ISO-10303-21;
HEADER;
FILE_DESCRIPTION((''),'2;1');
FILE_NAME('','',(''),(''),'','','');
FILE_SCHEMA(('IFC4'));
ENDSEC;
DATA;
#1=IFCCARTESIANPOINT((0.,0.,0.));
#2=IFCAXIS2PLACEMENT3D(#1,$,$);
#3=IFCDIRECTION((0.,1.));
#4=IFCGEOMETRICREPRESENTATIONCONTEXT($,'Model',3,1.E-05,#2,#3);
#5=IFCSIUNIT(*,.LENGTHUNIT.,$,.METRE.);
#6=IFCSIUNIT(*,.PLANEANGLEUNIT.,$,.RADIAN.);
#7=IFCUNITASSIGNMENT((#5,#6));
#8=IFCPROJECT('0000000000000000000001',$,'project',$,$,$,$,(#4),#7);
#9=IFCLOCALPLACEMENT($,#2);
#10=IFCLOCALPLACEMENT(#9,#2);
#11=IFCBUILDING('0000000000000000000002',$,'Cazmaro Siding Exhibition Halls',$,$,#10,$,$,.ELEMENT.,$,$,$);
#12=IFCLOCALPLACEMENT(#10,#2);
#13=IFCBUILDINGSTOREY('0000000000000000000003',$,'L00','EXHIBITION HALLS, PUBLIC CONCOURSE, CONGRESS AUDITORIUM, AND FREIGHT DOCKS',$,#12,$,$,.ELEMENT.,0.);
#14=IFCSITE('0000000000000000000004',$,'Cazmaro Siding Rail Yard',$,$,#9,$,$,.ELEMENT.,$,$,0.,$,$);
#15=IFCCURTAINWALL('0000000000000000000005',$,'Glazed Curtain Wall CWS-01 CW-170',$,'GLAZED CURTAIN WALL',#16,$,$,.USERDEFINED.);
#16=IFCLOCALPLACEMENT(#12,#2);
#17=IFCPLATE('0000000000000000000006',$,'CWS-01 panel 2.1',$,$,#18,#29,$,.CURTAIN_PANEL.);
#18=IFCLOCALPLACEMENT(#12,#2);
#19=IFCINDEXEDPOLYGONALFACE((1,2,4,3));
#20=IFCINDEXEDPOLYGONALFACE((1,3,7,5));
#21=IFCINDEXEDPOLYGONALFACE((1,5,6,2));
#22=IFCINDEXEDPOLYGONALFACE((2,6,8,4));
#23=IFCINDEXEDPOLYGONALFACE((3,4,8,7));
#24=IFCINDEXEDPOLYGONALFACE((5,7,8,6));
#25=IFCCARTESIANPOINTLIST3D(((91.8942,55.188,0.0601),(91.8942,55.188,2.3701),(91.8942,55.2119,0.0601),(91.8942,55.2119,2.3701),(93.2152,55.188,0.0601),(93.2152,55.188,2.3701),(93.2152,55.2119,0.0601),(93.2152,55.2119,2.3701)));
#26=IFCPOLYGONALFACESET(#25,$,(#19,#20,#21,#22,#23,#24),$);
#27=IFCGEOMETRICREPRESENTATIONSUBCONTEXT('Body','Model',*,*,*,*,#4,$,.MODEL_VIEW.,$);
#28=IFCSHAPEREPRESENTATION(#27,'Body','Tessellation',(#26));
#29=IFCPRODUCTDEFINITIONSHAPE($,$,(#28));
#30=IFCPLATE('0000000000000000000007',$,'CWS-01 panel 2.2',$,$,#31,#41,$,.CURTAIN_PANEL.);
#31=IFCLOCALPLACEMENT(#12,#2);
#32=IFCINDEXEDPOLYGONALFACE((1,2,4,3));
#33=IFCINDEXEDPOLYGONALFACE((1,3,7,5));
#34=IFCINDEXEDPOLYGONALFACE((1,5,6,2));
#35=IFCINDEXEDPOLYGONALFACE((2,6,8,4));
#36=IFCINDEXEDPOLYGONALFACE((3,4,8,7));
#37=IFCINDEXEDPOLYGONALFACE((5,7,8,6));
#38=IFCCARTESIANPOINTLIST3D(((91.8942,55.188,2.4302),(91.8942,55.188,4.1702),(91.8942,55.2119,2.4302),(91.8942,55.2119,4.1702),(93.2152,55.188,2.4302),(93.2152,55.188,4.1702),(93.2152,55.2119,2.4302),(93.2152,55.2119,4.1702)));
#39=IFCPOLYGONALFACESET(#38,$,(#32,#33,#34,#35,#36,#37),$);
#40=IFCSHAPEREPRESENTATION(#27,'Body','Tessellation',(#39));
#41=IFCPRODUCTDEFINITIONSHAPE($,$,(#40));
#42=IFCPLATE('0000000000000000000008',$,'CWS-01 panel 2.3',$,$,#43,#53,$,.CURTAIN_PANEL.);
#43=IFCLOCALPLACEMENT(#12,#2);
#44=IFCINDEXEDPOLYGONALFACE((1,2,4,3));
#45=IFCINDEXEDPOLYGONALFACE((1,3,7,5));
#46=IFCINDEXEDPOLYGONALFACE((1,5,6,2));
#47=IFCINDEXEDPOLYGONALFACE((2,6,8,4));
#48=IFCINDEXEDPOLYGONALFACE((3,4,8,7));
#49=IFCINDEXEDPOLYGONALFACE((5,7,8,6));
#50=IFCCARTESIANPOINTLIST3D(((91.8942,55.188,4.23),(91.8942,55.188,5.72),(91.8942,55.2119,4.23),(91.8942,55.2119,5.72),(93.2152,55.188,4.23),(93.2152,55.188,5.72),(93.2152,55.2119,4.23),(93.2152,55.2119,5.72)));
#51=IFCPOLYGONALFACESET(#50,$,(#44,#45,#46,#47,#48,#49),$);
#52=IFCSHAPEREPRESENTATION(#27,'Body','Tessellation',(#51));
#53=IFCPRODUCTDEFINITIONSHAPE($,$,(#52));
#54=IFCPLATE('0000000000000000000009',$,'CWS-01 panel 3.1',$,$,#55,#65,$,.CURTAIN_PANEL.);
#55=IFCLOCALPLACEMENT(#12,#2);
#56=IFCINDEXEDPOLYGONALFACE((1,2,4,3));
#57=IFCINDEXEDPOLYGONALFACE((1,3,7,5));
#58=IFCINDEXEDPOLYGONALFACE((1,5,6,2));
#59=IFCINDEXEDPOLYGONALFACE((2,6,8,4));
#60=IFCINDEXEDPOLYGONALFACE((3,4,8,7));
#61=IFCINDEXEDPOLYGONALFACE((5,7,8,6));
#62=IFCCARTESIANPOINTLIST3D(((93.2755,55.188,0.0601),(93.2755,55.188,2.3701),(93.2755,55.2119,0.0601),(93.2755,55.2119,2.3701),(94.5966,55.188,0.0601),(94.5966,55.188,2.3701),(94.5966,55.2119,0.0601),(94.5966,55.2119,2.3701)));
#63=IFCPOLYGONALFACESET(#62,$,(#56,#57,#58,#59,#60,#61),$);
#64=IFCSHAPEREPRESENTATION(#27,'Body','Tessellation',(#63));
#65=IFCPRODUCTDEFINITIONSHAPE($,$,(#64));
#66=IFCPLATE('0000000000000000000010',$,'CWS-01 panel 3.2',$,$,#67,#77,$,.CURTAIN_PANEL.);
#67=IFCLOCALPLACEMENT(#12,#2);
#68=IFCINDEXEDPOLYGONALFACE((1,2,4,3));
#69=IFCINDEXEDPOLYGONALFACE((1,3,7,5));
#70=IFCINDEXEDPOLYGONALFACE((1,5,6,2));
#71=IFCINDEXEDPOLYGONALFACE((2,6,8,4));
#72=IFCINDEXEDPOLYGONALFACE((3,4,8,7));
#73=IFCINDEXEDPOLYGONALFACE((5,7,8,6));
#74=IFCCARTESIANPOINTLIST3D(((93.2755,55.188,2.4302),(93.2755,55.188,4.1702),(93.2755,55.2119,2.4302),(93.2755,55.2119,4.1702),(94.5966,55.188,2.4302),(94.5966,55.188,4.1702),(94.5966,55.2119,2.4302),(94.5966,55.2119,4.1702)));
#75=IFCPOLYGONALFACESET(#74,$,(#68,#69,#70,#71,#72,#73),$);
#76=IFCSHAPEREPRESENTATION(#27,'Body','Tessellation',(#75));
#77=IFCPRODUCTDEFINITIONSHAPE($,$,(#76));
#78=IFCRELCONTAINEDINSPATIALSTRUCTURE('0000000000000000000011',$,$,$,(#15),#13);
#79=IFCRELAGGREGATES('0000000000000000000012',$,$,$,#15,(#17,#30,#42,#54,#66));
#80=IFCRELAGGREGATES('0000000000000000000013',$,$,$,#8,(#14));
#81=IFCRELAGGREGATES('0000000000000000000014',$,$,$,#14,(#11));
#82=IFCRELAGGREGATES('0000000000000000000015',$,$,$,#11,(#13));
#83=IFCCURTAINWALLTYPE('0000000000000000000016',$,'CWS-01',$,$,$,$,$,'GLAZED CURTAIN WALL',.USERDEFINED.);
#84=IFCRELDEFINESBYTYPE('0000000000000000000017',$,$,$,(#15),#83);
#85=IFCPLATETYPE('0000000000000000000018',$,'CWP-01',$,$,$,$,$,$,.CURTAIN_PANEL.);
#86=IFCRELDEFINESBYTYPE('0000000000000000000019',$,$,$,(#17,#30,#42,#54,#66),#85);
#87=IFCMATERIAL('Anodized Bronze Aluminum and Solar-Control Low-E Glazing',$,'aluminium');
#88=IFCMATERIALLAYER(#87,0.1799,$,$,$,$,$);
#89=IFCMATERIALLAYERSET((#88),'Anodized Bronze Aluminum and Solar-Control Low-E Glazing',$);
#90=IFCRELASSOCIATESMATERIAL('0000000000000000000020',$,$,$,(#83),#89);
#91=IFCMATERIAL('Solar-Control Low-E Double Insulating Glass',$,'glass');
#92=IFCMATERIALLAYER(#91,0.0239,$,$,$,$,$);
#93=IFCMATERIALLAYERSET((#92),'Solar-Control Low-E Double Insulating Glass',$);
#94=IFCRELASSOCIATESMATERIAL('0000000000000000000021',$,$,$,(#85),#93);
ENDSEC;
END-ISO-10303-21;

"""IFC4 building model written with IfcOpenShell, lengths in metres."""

from ifc_helpers import new_model, si_unit, direction, frame, origin, origin_2d, place, context, subcontext, project, spatial, rectangle, extrude, material, layer, layer_set, type_object, element, aggregate, save


model = new_model("IFC4")

# Units and contexts
model_context = context("Model", 3, precision=1e-05, world=origin(), true_north=direction((0.0, 1.0)))
body_context = subcontext(model_context, "Body", "Model", "MODEL_VIEW")
ifc_project = project(units=[si_unit("LENGTHUNIT", "METRE"), si_unit("PLANEANGLEUNIT", "RADIAN")], contexts=[model_context])

# Site, building, storey
site_placement = place(None, origin())
site = spatial("IfcSite", under=ifc_project, at=site_placement, Name="Cazmaro Siding Rail Yard", CompositionType="ELEMENT", RefElevation=0.0)
building_placement = place(site_placement, origin())
building = spatial("IfcBuilding", under=site, at=building_placement, Name="Cazmaro Siding Exhibition Halls", CompositionType="ELEMENT")
storey_placement = place(building_placement, origin())
storey = spatial("IfcBuildingStorey", under=building, at=storey_placement, Name="L00", Description="EXHIBITION HALLS, PUBLIC CONCOURSE, CONGRESS AUDITORIUM, AND FREIGHT DOCKS", CompositionType="ELEMENT", Elevation=0.0)

# Curtain wall, plates
ifc_material_1 = material(Name="Anodized Bronze Aluminum and Solar-Control Low-E Glazing", Category="aluminium")
ifc_layer_1 = layer(ifc_material_1, 0.1799)
ifc_layer_set_1 = layer_set([ifc_layer_1], Name="Anodized Bronze Aluminum and Solar-Control Low-E Glazing")
curtain_wall_type = type_object("IfcCurtainWallType", Name="CWS-01", ElementType="GLAZED CURTAIN WALL", PredefinedType="USERDEFINED", material=ifc_layer_set_1)
curtain_wall_placement = place(storey_placement, origin())
curtain_wall = element("IfcCurtainWall", 1, at=curtain_wall_placement, inside=storey, type_object=curtain_wall_type, Name="Glazed Curtain Wall CWS-01 CW-170", ObjectType="GLAZED CURTAIN WALL", PredefinedType="USERDEFINED")
ifc_material_2 = material(Name="Solar-Control Low-E Double Insulating Glass", Category="glass")
ifc_layer_2 = layer(ifc_material_2, 0.0239)
ifc_layer_set_2 = layer_set([ifc_layer_2], Name="Solar-Control Low-E Double Insulating Glass")
plate_type = type_object("IfcPlateType", Name="CWP-01", PredefinedType="CURTAIN_PANEL", material=ifc_layer_set_2)
plate_1_placement = place(storey_placement, frame((92.5547, 55.2, 0.0601), z_axis=(0.0, 0.0, 1.0), x_axis=(1.0, 0.0, 0.0)))
plate_1 = element("IfcPlate", 2, at=plate_1_placement, type_object=plate_type, Name="CWS-01 panel 2.1", PredefinedType="CURTAIN_PANEL", context=body_context, shape_type="SweptSolid", body=[
    extrude(rectangle(XDim=1.321, YDim=0.0239, at=origin_2d()), origin(), (0.0, 0.0, 1.0), 2.3101),
])
plate_2_placement = place(storey_placement, frame((92.5547, 55.2, 2.4302), z_axis=(0.0, 0.0, 1.0), x_axis=(1.0, 0.0, 0.0)))
plate_2 = element("IfcPlate", 3, at=plate_2_placement, type_object=plate_type, Name="CWS-01 panel 2.2", PredefinedType="CURTAIN_PANEL", context=body_context, shape_type="SweptSolid", body=[
    extrude(rectangle(XDim=1.321, YDim=0.0239, at=origin_2d()), origin(), (0.0, 0.0, 1.0), 1.74),
])
plate_3_placement = place(storey_placement, frame((92.5547, 55.2, 4.23), z_axis=(0.0, 0.0, 1.0), x_axis=(1.0, 0.0, 0.0)))
plate_3 = element("IfcPlate", 4, at=plate_3_placement, type_object=plate_type, Name="CWS-01 panel 2.3", PredefinedType="CURTAIN_PANEL", context=body_context, shape_type="SweptSolid", body=[
    extrude(rectangle(XDim=1.321, YDim=0.0239, at=origin_2d()), origin(), (0.0, 0.0, 1.0), 1.49),
])
plate_4_placement = place(storey_placement, frame((93.936, 55.2, 0.0601), z_axis=(0.0, 0.0, 1.0), x_axis=(1.0, 0.0, 0.0)))
plate_4 = element("IfcPlate", 5, at=plate_4_placement, type_object=plate_type, Name="CWS-01 panel 3.1", PredefinedType="CURTAIN_PANEL", context=body_context, shape_type="SweptSolid", body=[
    extrude(rectangle(XDim=1.321, YDim=0.0239, at=origin_2d()), origin(), (0.0, 0.0, 1.0), 2.3101),
])
plate_5_placement = place(storey_placement, frame((93.936, 55.2, 2.4302), z_axis=(0.0, 0.0, 1.0), x_axis=(1.0, 0.0, 0.0)))
plate_5 = element("IfcPlate", 6, at=plate_5_placement, type_object=plate_type, Name="CWS-01 panel 3.2", PredefinedType="CURTAIN_PANEL", context=body_context, shape_type="SweptSolid", body=[
    extrude(rectangle(XDim=1.321, YDim=0.0239, at=origin_2d()), origin(), (0.0, 0.0, 1.0), 1.74),
])
aggregate(curtain_wall, [plate_1, plate_2, plate_3, plate_4, plate_5])

save(model, "model.ifc")
